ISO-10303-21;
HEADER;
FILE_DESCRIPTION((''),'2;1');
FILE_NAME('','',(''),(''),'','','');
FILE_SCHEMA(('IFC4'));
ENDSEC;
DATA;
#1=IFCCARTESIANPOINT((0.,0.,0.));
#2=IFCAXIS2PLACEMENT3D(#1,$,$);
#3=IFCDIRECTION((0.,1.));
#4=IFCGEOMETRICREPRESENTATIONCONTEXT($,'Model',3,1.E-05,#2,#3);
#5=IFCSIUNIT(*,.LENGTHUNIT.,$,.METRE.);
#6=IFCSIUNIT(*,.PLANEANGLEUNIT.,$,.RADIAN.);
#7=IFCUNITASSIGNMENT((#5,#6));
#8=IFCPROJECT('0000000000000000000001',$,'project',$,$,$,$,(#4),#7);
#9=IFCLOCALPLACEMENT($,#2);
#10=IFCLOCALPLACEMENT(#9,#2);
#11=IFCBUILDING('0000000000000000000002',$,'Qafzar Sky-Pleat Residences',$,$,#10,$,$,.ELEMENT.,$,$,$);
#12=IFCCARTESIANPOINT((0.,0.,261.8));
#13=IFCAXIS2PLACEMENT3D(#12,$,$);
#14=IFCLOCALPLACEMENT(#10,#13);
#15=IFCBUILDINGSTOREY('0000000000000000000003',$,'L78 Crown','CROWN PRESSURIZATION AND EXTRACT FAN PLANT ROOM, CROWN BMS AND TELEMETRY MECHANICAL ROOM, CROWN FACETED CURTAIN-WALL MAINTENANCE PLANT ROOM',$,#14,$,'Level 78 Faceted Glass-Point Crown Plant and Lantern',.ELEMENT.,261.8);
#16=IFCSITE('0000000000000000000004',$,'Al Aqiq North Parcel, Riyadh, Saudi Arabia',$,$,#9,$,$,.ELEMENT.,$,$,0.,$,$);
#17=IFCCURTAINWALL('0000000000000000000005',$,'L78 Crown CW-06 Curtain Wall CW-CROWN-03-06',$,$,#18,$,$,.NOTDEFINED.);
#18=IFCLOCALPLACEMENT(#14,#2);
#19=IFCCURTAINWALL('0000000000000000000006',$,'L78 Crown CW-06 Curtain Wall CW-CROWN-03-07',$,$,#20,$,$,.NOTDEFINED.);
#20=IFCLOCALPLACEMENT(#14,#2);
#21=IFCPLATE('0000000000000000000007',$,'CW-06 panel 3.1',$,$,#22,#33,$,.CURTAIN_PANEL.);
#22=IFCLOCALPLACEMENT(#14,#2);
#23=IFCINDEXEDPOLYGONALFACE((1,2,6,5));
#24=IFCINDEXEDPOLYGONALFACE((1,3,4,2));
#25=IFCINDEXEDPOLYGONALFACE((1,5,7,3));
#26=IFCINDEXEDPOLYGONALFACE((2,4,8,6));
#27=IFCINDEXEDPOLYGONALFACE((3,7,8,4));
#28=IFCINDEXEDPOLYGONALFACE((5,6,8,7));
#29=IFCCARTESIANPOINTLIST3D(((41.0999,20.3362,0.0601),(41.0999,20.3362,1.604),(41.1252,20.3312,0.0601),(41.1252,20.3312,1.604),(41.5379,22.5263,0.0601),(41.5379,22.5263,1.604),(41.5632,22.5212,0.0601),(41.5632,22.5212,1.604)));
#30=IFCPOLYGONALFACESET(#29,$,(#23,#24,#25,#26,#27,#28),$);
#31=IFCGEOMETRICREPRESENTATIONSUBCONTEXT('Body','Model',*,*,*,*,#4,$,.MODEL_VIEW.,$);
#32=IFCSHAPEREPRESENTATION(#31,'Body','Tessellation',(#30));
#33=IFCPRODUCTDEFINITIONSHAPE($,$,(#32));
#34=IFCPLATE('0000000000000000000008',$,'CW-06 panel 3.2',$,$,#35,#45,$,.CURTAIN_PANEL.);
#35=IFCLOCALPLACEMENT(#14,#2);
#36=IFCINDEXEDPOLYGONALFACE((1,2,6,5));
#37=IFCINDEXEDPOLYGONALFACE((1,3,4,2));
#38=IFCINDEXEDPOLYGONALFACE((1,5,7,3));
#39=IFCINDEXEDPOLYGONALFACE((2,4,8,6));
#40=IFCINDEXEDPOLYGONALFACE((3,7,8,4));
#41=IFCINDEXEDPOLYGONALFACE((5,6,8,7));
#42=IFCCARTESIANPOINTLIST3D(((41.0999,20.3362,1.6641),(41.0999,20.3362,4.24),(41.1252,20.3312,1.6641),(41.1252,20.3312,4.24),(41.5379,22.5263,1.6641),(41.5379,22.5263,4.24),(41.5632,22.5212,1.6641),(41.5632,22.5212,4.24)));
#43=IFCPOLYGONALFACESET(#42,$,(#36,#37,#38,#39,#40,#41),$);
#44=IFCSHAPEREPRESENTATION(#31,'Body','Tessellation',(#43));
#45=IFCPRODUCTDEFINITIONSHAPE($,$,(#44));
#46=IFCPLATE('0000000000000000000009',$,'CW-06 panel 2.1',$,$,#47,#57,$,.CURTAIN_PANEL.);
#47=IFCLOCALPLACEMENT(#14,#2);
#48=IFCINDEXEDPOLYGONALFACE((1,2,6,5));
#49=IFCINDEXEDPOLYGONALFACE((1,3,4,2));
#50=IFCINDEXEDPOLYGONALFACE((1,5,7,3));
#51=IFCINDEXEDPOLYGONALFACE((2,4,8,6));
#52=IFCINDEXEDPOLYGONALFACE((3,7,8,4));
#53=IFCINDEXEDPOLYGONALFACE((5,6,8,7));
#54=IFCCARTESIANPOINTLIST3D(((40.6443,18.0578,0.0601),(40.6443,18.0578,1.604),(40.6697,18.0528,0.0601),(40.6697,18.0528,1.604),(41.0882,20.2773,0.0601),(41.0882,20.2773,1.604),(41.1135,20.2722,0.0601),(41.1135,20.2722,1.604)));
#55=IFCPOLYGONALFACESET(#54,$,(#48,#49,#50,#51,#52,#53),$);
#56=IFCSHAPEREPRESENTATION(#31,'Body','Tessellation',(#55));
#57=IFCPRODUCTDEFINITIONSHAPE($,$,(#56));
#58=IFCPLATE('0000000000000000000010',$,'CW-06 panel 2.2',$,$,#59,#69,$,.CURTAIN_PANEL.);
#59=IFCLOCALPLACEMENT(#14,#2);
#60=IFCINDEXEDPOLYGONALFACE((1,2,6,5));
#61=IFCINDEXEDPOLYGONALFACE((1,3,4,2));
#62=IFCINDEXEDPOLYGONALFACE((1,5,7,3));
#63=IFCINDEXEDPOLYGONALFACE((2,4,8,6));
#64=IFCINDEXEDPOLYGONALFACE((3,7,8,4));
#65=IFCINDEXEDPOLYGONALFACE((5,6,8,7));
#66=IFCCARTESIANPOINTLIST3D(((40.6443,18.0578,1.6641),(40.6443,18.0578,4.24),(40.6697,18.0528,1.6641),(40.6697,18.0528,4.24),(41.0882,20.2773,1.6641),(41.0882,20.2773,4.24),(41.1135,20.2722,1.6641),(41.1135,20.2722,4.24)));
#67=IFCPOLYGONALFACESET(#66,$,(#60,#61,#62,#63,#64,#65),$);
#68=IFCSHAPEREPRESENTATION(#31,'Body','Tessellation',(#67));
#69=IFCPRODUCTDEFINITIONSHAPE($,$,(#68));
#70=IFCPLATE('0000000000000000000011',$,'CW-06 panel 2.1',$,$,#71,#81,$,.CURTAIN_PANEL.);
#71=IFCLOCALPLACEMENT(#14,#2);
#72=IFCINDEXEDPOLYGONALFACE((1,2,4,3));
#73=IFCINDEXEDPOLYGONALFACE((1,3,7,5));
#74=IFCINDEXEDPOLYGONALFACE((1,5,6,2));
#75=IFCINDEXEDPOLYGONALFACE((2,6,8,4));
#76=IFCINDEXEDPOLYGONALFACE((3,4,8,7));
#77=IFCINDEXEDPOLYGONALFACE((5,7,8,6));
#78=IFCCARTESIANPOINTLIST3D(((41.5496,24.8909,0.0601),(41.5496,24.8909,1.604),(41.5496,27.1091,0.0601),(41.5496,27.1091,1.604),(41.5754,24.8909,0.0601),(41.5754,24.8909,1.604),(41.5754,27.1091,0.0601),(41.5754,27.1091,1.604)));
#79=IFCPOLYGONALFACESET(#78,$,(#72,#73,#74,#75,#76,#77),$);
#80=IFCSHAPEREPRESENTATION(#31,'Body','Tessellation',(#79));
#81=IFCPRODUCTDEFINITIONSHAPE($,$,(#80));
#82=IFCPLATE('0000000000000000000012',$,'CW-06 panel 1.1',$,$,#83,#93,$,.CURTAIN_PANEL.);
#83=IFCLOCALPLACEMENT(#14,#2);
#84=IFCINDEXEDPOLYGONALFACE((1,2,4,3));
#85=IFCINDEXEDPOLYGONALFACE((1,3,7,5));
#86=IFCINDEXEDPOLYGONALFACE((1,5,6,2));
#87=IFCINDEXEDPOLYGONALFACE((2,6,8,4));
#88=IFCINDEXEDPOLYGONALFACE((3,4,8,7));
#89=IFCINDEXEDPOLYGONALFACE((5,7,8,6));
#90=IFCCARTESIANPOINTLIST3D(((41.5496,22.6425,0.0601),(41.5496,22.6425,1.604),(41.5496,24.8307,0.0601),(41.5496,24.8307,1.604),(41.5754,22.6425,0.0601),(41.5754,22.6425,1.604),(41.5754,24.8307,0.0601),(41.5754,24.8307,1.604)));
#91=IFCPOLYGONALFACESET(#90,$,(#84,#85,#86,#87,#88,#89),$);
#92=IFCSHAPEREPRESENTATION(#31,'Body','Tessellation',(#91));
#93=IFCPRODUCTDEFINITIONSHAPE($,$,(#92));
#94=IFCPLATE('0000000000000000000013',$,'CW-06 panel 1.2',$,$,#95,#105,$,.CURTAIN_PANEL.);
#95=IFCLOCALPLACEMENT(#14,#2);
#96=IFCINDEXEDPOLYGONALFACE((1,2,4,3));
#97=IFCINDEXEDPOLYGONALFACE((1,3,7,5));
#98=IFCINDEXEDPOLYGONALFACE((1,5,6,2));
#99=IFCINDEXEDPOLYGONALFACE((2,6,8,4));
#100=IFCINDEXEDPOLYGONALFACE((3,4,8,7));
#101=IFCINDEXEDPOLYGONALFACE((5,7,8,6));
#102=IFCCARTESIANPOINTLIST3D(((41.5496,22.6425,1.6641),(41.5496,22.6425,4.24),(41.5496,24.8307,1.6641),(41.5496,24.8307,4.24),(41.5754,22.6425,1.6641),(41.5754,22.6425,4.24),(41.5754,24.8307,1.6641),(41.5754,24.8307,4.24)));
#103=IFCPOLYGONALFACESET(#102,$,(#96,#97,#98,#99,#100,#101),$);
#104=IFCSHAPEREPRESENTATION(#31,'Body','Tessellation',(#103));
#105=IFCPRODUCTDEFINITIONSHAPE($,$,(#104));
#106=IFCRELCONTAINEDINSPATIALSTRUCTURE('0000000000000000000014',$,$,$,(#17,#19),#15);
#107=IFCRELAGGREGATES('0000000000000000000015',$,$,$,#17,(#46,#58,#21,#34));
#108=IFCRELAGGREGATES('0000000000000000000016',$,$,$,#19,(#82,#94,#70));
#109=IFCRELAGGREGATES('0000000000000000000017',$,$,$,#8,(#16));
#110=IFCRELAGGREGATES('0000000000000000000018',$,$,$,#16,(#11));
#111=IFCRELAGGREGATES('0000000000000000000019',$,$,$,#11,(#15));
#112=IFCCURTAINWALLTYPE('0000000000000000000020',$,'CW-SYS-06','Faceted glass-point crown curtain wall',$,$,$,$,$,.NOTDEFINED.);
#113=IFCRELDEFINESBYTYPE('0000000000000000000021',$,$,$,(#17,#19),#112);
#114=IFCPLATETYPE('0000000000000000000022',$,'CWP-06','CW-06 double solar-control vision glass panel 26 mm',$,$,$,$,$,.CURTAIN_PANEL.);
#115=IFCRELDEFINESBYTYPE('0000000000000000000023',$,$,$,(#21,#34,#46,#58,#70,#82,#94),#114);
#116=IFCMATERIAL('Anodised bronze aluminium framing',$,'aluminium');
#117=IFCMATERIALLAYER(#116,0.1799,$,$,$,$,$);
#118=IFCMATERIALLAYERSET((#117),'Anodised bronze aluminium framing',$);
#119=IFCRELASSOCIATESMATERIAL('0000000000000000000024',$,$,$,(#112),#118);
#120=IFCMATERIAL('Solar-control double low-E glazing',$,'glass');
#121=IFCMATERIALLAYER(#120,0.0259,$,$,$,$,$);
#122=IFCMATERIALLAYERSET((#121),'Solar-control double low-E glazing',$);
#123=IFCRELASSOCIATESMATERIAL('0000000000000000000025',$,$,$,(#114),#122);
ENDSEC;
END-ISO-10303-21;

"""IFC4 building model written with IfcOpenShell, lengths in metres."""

from ifc_helpers import new_model, si_unit, direction, frame, origin, origin_2d, place, context, subcontext, project, spatial, rectangle, extrude, source, transform, mapped, material, layer, layer_set, type_object, element, aggregate, save


model = new_model("IFC4")

# Units and contexts
model_context = context("Model", 3, precision=1e-05, world=origin(), true_north=direction((0.0, 1.0)))
body_context = subcontext(model_context, "Body", "Model", "MODEL_VIEW")
ifc_project = project(units=[si_unit("LENGTHUNIT", "METRE"), si_unit("PLANEANGLEUNIT", "RADIAN")], contexts=[model_context])

# Site, building, storey
site_placement = place(None, origin())
site = spatial("IfcSite", under=ifc_project, at=site_placement, Name="Al Aqiq North Parcel, Riyadh, Saudi Arabia", CompositionType="ELEMENT", RefElevation=0.0)
building_placement = place(site_placement, origin())
building = spatial("IfcBuilding", under=site, at=building_placement, Name="Qafzar Sky-Pleat Residences", CompositionType="ELEMENT")
storey_placement = place(building_placement, frame((0.0, 0.0, 261.8)))
storey = spatial("IfcBuildingStorey", under=building, at=storey_placement, Name="L78 Crown", Description="CROWN PRESSURIZATION AND EXTRACT FAN PLANT ROOM, CROWN BMS AND TELEMETRY MECHANICAL ROOM, CROWN FACETED CURTAIN-WALL MAINTENANCE PLANT ROOM", LongName="Level 78 Faceted Glass-Point Crown Plant and Lantern", CompositionType="ELEMENT", Elevation=261.8)

# Curtain walls
ifc_material_1 = material(Name="Anodised bronze aluminium framing", Category="aluminium")
ifc_layer_1 = layer(ifc_material_1, 0.1799)
ifc_layer_set_1 = layer_set([ifc_layer_1], Name="Anodised bronze aluminium framing")
curtain_wall_type = type_object("IfcCurtainWallType", Name="CW-SYS-06", Description="Faceted glass-point crown curtain wall", PredefinedType="NOTDEFINED", material=ifc_layer_set_1)
curtain_wall_1_placement = place(storey_placement, origin())
curtain_wall_1 = element("IfcCurtainWall", 1, at=curtain_wall_1_placement, inside=storey, type_object=curtain_wall_type, Name="L78 Crown CW-06 Curtain Wall CW-CROWN-03-06", PredefinedType="NOTDEFINED")
curtain_wall_2_placement = place(storey_placement, origin())
curtain_wall_2 = element("IfcCurtainWall", 2, at=curtain_wall_2_placement, inside=storey, type_object=curtain_wall_type, Name="L78 Crown CW-06 Curtain Wall CW-CROWN-03-07", PredefinedType="NOTDEFINED")

# Plates
ifc_material_2 = material(Name="Solar-control double low-E glazing", Category="glass")
ifc_layer_2 = layer(ifc_material_2, 0.0259)
ifc_layer_set_2 = layer_set([ifc_layer_2], Name="Solar-control double low-E glazing")
plate_type = type_object("IfcPlateType", Name="CWP-06", Description="CW-06 double solar-control vision glass panel 26 mm", PredefinedType="CURTAIN_PANEL", material=ifc_layer_set_2)
shared_shape_1 = source(origin(), body_context, "Body", "SweptSolid", [
    extrude(rectangle(XDim=2.2334, YDim=0.0259, at=origin_2d()), origin(), (0.0, 0.0, 1.0), 1.5439),
])
plate_1_placement = place(storey_placement, frame((41.3315, 21.4287, 0.0601), z_axis=(0.0, 0.0, 1.0), x_axis=(0.196113, 0.980581, 0.0)))
plate_1 = element("IfcPlate", 3, at=plate_1_placement, type_object=plate_type, Name="CW-06 panel 3.1", PredefinedType="CURTAIN_PANEL", context=body_context, shape_type="MappedRepresentation", body=[
    mapped(shared_shape_1, transform((0.0, 0.0, 0.0), x_axis=(1.0, 0.0, 0.0), y_axis=(0.0, 1.0, 0.0), z_axis=(0.0, 0.0, 1.0), scale=1.0)),
])
shared_shape_2 = source(origin(), body_context, "Body", "SweptSolid", [
    extrude(rectangle(XDim=2.2334, YDim=0.0259, at=origin_2d()), origin(), (0.0, 0.0, 1.0), 2.5759),
])
plate_2_placement = place(storey_placement, frame((41.3315, 21.4287, 1.6641), z_axis=(0.0, 0.0, 1.0), x_axis=(0.196113, 0.980581, 0.0)))
plate_2 = element("IfcPlate", 4, at=plate_2_placement, type_object=plate_type, Name="CW-06 panel 3.2", PredefinedType="CURTAIN_PANEL", context=body_context, shape_type="MappedRepresentation", body=[
    mapped(shared_shape_2, transform((0.0, 0.0, 0.0), x_axis=(1.0, 0.0, 0.0), y_axis=(0.0, 1.0, 0.0), z_axis=(0.0, 0.0, 1.0), scale=1.0)),
])
shared_shape_3 = source(origin(), body_context, "Body", "SweptSolid", [
    extrude(rectangle(XDim=2.2634, YDim=0.0259, at=origin_2d()), origin(), (0.0, 0.0, 1.0), 1.5439),
])
plate_3_placement = place(storey_placement, frame((40.8789, 19.165, 0.0601), z_axis=(0.0, 0.0, 1.0), x_axis=(0.196113, 0.980581, 0.0)))
plate_3 = element("IfcPlate", 5, at=plate_3_placement, type_object=plate_type, Name="CW-06 panel 2.1", PredefinedType="CURTAIN_PANEL", context=body_context, shape_type="MappedRepresentation", body=[
    mapped(shared_shape_3, transform((0.0, 0.0, 0.0), x_axis=(1.0, 0.0, 0.0), y_axis=(0.0, 1.0, 0.0), z_axis=(0.0, 0.0, 1.0), scale=1.0)),
])
shared_shape_4 = source(origin(), body_context, "Body", "SweptSolid", [
    extrude(rectangle(XDim=2.2634, YDim=0.0259, at=origin_2d()), origin(), (0.0, 0.0, 1.0), 2.5759),
])
plate_4_placement = place(storey_placement, frame((40.8789, 19.165, 1.6641), z_axis=(0.0, 0.0, 1.0), x_axis=(0.196113, 0.980581, 0.0)))
plate_4 = element("IfcPlate", 6, at=plate_4_placement, type_object=plate_type, Name="CW-06 panel 2.2", PredefinedType="CURTAIN_PANEL", context=body_context, shape_type="MappedRepresentation", body=[
    mapped(shared_shape_4, transform((0.0, 0.0, 0.0), x_axis=(1.0, 0.0, 0.0), y_axis=(0.0, 1.0, 0.0), z_axis=(0.0, 0.0, 1.0), scale=1.0)),
])
aggregate(curtain_wall_1, [plate_3, plate_4, plate_1, plate_2])
shared_shape_5 = source(origin(), body_context, "Body", "SweptSolid", [
    extrude(rectangle(XDim=2.2183, YDim=0.0259, at=origin_2d()), origin(), (0.0, 0.0, 1.0), 1.5439),
])
plate_5_placement = place(storey_placement, frame((41.5625, 26.0, 0.0601), z_axis=(0.0, 0.0, 1.0), x_axis=(0.0, 1.0, 0.0)))
plate_5 = element("IfcPlate", 7, at=plate_5_placement, type_object=plate_type, Name="CW-06 panel 2.1", PredefinedType="CURTAIN_PANEL", context=body_context, shape_type="MappedRepresentation", body=[
    mapped(shared_shape_5, transform((0.0, 0.0, 0.0), x_axis=(1.0, 0.0, 0.0), y_axis=(0.0, 1.0, 0.0), z_axis=(0.0, 0.0, 1.0), scale=1.0)),
])
shared_shape_6 = source(origin(), body_context, "Body", "SweptSolid", [
    extrude(rectangle(XDim=2.1882, YDim=0.0259, at=origin_2d()), origin(), (0.0, 0.0, 1.0), 1.5439),
])
plate_6_placement = place(storey_placement, frame((41.5625, 23.7366, 0.0601), z_axis=(0.0, 0.0, 1.0), x_axis=(0.0, 1.0, 0.0)))
plate_6 = element("IfcPlate", 8, at=plate_6_placement, type_object=plate_type, Name="CW-06 panel 1.1", PredefinedType="CURTAIN_PANEL", context=body_context, shape_type="MappedRepresentation", body=[
    mapped(shared_shape_6, transform((0.0, 0.0, 0.0), x_axis=(1.0, 0.0, 0.0), y_axis=(0.0, 1.0, 0.0), z_axis=(0.0, 0.0, 1.0), scale=1.0)),
])
shared_shape_7 = source(origin(), body_context, "Body", "SweptSolid", [
    extrude(rectangle(XDim=2.1882, YDim=0.0259, at=origin_2d()), origin(), (0.0, 0.0, 1.0), 2.5759),
])
plate_7_placement = place(storey_placement, frame((41.5625, 23.7366, 1.6641), z_axis=(0.0, 0.0, 1.0), x_axis=(0.0, 1.0, 0.0)))
plate_7 = element("IfcPlate", 9, at=plate_7_placement, type_object=plate_type, Name="CW-06 panel 1.2", PredefinedType="CURTAIN_PANEL", context=body_context, shape_type="MappedRepresentation", body=[
    mapped(shared_shape_7, transform((0.0, 0.0, 0.0), x_axis=(1.0, 0.0, 0.0), y_axis=(0.0, 1.0, 0.0), z_axis=(0.0, 0.0, 1.0), scale=1.0)),
])
aggregate(curtain_wall_2, [plate_6, plate_7, plate_5])

save(model, "model.ifc")
